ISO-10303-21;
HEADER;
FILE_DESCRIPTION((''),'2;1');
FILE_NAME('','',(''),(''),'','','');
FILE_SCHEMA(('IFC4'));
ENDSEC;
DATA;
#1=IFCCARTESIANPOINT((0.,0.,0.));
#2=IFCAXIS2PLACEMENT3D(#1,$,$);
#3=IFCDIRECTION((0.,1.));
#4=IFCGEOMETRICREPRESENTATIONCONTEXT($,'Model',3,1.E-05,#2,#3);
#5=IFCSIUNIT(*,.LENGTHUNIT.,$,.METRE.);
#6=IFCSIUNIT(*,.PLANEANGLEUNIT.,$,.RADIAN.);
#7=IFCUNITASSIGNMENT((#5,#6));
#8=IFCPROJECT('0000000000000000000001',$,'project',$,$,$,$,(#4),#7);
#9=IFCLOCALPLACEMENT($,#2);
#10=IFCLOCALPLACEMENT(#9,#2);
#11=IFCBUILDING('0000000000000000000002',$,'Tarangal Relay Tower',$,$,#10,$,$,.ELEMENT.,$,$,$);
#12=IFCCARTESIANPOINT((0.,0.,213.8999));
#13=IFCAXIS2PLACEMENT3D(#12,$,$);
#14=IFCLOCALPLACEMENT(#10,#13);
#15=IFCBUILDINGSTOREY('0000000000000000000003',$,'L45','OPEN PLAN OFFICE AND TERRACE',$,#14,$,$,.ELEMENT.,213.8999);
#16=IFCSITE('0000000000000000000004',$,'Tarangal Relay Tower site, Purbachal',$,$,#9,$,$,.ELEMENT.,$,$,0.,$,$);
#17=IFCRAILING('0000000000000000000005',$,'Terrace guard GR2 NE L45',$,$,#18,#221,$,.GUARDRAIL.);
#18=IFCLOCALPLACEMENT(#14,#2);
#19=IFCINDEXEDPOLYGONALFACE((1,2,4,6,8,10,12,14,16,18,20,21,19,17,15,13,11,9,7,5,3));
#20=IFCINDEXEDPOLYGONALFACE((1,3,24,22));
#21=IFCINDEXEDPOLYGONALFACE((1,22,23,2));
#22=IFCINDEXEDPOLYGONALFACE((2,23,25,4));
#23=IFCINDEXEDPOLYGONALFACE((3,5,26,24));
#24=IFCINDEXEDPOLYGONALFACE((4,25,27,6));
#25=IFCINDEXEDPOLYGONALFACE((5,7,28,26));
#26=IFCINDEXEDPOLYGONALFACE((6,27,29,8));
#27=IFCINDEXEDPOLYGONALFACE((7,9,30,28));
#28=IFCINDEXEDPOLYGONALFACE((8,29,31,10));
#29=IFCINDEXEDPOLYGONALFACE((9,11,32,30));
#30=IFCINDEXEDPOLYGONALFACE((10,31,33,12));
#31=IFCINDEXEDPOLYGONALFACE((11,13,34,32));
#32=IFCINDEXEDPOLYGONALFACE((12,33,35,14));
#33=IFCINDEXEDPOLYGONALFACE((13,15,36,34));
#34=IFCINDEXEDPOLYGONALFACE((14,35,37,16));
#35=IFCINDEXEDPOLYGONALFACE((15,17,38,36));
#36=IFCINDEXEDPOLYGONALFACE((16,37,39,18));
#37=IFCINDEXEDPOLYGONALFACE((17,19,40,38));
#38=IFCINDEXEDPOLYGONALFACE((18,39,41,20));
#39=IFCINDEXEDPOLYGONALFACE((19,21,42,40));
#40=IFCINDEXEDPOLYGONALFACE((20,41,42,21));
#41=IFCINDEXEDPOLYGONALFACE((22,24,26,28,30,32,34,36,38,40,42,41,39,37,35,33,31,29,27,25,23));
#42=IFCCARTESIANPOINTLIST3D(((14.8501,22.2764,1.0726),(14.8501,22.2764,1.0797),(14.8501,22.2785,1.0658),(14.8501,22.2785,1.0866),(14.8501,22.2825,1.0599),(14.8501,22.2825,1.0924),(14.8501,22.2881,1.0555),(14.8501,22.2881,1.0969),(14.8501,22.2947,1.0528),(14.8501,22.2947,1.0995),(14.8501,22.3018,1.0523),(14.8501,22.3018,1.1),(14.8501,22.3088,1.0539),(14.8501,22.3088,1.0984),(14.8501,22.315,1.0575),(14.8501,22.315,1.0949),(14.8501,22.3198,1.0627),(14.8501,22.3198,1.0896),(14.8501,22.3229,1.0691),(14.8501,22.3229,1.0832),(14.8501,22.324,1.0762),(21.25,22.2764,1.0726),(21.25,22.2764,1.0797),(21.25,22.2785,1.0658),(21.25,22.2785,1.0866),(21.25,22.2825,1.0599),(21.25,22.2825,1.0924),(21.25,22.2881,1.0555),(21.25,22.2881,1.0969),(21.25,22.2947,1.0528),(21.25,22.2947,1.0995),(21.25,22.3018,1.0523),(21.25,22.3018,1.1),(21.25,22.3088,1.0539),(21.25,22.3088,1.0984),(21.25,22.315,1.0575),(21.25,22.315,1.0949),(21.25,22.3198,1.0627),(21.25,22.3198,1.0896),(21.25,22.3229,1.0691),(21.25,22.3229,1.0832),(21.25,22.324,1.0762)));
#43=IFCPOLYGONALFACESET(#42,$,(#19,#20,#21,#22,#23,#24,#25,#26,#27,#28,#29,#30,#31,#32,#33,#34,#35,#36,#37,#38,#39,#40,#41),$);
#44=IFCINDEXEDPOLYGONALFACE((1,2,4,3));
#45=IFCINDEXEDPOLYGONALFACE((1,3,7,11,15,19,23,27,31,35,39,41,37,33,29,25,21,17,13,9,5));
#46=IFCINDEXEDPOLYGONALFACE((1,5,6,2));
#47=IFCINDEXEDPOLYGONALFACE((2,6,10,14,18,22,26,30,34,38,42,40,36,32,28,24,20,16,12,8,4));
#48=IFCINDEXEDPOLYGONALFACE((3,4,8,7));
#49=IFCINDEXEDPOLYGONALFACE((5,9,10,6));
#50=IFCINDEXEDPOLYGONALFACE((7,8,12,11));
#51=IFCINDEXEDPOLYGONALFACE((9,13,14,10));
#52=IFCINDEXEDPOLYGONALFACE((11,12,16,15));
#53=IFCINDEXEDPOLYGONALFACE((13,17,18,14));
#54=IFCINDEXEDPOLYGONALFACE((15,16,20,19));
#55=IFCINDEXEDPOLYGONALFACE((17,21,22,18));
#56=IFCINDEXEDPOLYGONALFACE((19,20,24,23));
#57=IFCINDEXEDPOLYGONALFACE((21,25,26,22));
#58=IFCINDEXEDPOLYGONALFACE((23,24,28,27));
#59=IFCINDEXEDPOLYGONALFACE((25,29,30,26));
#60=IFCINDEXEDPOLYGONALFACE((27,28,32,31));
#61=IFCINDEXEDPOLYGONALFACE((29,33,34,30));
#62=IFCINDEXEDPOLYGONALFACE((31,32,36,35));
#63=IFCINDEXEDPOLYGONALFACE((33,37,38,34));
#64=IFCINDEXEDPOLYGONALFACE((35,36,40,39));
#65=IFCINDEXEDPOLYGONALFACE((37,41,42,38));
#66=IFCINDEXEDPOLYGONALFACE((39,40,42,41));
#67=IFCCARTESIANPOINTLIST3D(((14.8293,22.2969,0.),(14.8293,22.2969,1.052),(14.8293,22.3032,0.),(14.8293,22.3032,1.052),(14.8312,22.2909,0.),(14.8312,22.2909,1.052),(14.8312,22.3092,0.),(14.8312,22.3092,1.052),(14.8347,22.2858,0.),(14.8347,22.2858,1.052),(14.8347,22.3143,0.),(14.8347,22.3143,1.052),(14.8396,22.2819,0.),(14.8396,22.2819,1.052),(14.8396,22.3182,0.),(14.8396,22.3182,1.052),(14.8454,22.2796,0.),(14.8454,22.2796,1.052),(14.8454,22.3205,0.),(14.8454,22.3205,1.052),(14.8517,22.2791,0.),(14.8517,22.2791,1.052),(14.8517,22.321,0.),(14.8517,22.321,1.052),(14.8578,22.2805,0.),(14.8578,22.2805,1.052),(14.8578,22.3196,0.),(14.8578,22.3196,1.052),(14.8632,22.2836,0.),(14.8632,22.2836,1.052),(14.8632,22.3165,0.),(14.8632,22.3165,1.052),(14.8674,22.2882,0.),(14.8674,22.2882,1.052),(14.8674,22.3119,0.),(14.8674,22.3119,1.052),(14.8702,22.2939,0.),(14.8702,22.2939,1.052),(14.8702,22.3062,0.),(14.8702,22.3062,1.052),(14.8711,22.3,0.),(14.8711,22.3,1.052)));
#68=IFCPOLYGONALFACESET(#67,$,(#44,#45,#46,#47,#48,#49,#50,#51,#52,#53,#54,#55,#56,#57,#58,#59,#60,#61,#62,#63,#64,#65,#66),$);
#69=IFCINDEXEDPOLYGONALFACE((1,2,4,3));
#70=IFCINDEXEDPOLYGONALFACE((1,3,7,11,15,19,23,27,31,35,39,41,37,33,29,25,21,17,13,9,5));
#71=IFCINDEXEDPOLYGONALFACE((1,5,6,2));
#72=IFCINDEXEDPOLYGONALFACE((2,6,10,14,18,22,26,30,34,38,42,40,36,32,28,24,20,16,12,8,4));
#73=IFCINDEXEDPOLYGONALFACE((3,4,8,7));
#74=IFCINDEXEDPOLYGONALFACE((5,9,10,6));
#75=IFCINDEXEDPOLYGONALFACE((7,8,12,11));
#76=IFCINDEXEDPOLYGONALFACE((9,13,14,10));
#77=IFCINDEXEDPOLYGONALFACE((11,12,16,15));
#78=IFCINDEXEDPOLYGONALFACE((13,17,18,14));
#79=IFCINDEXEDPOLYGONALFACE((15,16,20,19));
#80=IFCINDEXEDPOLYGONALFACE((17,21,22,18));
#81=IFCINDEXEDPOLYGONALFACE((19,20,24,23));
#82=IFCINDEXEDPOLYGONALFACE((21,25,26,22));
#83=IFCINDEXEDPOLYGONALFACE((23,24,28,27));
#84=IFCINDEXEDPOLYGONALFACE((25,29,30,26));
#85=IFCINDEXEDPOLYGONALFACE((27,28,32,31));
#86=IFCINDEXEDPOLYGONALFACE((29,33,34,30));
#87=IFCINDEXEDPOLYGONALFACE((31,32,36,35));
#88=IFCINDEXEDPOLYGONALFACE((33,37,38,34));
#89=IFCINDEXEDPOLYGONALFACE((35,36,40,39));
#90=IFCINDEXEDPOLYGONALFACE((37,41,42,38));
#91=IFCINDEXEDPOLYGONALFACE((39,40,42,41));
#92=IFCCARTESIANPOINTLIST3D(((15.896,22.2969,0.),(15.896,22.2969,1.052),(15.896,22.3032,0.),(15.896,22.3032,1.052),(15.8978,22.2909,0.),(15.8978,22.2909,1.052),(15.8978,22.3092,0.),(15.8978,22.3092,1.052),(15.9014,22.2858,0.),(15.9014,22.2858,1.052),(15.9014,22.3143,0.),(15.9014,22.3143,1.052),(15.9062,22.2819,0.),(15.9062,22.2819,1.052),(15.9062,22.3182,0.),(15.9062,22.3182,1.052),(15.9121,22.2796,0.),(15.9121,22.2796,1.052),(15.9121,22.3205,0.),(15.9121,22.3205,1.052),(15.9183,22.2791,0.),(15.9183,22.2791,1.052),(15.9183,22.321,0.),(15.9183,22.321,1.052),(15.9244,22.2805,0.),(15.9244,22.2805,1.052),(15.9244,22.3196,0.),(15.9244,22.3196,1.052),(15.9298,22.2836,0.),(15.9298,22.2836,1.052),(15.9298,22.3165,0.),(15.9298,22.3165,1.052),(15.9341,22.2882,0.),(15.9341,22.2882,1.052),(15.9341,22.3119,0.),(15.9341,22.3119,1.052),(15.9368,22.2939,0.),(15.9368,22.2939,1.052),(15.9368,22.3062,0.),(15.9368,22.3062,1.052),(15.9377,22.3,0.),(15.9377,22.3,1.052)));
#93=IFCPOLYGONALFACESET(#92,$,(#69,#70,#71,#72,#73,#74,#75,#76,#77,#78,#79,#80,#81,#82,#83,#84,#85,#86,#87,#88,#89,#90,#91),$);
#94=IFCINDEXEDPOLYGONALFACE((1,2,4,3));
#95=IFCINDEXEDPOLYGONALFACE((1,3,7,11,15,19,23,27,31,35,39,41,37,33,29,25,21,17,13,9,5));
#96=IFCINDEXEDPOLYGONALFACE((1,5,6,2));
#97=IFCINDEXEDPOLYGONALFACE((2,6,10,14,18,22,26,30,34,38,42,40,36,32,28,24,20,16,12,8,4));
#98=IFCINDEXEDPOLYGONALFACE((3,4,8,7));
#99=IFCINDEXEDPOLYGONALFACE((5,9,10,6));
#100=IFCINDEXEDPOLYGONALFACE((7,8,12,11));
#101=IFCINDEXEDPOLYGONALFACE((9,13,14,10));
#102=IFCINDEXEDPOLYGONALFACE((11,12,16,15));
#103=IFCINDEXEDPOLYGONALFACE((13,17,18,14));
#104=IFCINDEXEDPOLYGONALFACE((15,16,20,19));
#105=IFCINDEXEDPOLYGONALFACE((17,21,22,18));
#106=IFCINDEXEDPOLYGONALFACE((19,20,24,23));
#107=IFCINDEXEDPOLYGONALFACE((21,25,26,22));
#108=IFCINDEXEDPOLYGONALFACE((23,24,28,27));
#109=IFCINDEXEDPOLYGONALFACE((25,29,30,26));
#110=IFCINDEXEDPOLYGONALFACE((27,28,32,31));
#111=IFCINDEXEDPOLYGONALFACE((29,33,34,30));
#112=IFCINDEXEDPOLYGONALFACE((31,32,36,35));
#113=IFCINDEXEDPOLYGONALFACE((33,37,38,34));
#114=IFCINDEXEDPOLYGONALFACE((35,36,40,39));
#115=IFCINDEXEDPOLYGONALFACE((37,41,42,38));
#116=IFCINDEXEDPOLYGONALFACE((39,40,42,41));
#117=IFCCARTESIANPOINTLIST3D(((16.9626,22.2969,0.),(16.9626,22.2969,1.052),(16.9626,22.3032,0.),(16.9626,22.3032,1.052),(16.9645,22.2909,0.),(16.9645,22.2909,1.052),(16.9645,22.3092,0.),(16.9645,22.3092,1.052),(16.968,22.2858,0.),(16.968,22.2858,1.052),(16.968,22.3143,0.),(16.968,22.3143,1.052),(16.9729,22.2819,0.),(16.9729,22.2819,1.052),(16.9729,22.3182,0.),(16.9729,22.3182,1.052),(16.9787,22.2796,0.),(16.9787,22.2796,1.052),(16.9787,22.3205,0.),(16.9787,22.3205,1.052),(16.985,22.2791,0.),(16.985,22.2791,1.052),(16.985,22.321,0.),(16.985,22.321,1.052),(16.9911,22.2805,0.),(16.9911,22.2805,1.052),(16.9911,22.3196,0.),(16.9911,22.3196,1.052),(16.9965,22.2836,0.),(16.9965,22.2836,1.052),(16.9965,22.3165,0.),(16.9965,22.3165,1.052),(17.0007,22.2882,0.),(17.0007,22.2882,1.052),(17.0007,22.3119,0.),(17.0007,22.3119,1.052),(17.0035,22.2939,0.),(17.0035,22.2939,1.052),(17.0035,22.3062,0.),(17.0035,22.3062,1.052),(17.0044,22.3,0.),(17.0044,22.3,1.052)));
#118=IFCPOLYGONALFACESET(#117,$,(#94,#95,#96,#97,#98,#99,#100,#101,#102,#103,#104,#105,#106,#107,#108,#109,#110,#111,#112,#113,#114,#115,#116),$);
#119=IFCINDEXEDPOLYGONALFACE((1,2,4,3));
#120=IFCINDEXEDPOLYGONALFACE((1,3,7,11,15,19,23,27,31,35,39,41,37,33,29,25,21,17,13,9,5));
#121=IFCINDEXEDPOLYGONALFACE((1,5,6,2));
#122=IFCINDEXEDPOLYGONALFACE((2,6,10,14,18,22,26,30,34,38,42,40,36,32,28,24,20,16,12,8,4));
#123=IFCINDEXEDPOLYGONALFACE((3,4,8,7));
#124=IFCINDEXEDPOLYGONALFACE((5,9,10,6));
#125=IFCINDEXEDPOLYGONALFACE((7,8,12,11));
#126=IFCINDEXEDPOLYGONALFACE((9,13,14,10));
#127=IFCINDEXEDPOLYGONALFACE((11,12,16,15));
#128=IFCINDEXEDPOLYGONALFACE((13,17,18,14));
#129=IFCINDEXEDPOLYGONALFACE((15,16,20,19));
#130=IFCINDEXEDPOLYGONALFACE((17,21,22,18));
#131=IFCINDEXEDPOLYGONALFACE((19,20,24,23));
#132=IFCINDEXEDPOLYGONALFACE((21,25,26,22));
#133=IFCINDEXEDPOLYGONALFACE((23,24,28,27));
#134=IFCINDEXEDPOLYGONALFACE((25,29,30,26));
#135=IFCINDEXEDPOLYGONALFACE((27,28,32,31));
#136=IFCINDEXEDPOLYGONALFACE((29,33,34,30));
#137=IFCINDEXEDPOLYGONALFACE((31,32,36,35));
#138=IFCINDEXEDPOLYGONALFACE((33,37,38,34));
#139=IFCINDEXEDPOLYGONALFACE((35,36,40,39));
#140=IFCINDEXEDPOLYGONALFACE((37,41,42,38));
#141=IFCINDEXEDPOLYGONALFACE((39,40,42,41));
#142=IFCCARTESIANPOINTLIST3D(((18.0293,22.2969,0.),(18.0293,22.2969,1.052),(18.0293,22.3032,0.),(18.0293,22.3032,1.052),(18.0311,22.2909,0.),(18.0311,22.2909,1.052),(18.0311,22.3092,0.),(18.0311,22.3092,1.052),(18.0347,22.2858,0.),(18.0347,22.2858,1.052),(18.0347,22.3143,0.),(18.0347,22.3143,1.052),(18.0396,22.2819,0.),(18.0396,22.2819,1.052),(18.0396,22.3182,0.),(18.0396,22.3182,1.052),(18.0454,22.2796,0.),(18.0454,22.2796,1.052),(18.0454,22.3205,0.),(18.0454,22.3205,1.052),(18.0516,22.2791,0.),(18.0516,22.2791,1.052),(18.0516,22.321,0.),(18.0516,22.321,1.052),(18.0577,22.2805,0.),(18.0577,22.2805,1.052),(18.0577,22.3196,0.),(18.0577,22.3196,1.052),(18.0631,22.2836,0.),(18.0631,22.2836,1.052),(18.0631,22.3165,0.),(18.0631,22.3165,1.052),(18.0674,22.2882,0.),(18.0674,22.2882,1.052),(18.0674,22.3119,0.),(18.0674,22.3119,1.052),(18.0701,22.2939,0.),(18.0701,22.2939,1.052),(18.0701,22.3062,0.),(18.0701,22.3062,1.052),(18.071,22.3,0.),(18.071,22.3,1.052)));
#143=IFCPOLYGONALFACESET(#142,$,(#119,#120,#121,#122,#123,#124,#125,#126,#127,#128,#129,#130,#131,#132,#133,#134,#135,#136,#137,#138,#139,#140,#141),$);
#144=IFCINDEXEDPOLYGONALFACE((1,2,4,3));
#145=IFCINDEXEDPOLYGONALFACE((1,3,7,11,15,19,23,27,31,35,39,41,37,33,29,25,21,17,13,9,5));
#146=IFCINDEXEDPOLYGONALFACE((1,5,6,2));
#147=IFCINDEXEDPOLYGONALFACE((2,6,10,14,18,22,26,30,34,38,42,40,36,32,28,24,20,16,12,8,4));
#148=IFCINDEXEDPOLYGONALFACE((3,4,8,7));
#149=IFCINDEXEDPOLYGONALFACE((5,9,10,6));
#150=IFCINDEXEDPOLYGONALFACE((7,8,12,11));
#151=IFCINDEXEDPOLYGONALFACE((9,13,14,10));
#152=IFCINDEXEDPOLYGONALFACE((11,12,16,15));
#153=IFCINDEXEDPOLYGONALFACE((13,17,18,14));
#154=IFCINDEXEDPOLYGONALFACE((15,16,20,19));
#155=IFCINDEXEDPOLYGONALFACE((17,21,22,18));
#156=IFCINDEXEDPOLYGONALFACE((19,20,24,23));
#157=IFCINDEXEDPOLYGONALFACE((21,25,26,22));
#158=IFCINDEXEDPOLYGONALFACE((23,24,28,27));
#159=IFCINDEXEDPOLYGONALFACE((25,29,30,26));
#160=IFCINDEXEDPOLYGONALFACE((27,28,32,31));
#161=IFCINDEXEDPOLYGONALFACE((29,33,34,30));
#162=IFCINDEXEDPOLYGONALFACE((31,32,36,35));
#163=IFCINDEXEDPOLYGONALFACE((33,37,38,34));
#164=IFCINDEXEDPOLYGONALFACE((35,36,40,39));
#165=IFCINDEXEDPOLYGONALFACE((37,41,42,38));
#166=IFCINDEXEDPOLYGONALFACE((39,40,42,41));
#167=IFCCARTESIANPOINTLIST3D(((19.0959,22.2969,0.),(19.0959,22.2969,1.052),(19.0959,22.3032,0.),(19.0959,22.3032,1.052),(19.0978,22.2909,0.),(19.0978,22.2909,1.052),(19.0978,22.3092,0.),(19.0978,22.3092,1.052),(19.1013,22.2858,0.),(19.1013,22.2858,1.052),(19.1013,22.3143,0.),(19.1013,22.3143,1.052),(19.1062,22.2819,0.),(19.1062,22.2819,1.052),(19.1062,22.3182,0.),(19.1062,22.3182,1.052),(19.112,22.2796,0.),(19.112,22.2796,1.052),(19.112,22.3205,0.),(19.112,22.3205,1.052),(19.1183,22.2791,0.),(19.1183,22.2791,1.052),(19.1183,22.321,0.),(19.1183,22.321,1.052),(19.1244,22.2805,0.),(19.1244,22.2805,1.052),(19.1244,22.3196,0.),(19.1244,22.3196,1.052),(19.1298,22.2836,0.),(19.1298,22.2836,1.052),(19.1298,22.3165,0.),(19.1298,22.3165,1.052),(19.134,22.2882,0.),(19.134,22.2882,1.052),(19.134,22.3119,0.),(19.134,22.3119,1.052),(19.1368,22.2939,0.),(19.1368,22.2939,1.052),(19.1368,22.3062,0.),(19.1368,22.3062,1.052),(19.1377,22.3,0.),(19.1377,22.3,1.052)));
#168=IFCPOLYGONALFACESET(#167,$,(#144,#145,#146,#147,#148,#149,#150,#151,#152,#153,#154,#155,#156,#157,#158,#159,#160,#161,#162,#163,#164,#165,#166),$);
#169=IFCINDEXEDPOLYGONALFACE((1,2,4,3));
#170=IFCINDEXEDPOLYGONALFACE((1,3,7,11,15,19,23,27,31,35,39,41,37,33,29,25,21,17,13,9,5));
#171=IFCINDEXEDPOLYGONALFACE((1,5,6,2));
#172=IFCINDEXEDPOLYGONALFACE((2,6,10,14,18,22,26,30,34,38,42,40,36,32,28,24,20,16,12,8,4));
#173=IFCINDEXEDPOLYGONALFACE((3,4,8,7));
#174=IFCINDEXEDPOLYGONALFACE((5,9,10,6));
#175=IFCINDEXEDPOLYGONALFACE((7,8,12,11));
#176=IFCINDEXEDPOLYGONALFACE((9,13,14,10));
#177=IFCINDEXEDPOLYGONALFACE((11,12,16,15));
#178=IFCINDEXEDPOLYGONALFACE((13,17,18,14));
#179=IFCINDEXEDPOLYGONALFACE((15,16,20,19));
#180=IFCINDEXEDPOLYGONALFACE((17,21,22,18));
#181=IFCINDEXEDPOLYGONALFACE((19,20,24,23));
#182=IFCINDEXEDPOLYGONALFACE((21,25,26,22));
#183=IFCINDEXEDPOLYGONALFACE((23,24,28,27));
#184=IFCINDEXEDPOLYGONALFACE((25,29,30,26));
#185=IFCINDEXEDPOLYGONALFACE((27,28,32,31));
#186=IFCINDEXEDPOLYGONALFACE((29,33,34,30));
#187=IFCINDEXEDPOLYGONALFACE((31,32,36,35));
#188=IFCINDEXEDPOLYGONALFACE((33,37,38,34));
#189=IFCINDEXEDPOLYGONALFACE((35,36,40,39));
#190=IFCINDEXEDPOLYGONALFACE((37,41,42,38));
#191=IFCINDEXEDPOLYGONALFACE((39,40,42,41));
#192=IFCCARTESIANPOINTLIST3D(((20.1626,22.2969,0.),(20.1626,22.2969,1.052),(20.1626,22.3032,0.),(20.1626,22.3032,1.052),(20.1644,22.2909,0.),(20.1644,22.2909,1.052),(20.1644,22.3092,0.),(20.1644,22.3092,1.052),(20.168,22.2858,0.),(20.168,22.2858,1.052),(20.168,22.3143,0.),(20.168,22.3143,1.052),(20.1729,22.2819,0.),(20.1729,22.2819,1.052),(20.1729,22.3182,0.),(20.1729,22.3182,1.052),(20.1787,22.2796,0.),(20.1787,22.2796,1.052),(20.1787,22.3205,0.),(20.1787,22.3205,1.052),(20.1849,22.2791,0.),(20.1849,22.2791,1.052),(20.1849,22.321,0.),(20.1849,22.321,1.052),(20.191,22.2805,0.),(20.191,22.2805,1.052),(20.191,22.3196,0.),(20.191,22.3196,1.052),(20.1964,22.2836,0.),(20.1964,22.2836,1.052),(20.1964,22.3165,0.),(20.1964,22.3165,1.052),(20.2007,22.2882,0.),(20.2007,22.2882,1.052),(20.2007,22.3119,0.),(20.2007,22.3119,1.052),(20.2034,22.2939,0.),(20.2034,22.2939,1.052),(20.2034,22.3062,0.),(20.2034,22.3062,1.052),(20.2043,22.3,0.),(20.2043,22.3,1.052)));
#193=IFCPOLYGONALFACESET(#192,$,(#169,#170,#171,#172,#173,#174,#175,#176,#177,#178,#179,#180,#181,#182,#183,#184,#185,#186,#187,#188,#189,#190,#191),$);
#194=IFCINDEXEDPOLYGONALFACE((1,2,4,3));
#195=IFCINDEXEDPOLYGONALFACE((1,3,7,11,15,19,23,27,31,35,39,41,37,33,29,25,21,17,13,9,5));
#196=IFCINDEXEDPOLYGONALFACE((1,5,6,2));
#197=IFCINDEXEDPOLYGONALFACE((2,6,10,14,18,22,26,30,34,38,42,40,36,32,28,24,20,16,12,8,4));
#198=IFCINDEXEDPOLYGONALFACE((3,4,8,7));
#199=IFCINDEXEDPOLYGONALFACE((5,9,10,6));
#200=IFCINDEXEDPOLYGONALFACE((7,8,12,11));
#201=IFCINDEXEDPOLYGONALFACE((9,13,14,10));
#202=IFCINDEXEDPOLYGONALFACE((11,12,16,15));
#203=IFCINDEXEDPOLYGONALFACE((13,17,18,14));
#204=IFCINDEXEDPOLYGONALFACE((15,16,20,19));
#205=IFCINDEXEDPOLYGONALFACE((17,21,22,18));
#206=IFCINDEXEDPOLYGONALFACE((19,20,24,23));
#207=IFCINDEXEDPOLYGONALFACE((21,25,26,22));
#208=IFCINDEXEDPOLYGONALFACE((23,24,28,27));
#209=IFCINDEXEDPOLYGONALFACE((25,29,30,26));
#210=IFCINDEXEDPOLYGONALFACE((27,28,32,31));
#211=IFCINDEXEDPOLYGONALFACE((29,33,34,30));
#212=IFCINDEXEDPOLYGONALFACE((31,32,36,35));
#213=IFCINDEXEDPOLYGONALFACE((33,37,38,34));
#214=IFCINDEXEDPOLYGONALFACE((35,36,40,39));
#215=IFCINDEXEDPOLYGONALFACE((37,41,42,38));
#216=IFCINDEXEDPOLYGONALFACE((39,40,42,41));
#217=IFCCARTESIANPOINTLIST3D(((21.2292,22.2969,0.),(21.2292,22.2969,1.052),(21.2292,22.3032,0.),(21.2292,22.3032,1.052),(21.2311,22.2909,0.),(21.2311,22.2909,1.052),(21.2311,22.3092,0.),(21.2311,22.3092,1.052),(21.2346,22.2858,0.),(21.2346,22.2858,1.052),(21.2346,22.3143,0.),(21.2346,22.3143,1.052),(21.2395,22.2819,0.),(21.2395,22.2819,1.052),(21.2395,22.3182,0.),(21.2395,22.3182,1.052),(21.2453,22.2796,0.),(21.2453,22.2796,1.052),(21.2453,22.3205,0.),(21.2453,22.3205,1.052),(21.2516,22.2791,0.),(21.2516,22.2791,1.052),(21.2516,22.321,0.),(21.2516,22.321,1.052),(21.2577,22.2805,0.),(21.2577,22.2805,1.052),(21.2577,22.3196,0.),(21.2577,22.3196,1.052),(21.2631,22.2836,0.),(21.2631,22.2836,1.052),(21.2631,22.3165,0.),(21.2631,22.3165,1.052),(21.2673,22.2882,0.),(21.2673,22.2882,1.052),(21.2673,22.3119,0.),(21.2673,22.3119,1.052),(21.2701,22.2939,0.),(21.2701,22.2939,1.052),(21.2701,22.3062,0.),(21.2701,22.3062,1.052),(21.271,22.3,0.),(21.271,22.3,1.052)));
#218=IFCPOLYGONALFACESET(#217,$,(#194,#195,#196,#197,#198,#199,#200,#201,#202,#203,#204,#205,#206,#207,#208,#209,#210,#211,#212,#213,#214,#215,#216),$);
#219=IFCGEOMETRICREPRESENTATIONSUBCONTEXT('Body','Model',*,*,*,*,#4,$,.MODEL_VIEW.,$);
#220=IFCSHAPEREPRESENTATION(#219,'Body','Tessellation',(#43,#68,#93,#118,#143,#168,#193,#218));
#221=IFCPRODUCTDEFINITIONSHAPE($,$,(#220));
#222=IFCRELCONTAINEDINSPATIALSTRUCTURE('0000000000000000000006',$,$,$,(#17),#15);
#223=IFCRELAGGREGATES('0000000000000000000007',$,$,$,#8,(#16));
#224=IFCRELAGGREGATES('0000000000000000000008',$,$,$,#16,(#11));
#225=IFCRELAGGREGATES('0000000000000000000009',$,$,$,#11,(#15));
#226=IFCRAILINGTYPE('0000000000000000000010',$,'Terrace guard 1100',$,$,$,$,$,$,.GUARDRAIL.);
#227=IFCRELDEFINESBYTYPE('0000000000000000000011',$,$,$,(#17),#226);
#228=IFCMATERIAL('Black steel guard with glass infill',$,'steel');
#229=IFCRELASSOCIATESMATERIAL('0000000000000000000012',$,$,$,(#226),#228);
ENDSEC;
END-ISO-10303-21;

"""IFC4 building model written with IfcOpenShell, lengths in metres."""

from ifc_helpers import new_model, si_unit, direction, frame, origin, origin_2d, place, context, subcontext, project, spatial, circle, extrude, material, type_object, element, save


model = new_model("IFC4")

# Units and contexts
model_context = context("Model", 3, precision=1e-05, world=origin(), true_north=direction((0.0, 1.0)))
body_context = subcontext(model_context, "Body", "Model", "MODEL_VIEW")
ifc_project = project(units=[si_unit("LENGTHUNIT", "METRE"), si_unit("PLANEANGLEUNIT", "RADIAN")], contexts=[model_context])

# Site, building, storey
site_placement = place(None, origin())
site = spatial("IfcSite", under=ifc_project, at=site_placement, Name="Tarangal Relay Tower site, Purbachal", CompositionType="ELEMENT", RefElevation=0.0)
building_placement = place(site_placement, origin())
building = spatial("IfcBuilding", under=site, at=building_placement, Name="Tarangal Relay Tower", CompositionType="ELEMENT")
storey_placement = place(building_placement, frame((0.0, 0.0, 213.8999)))
storey = spatial("IfcBuildingStorey", under=building, at=storey_placement, Name="L45", Description="OPEN PLAN OFFICE AND TERRACE", CompositionType="ELEMENT", Elevation=213.8999)

# Railing
ifc_material_1 = material(Name="Black steel guard with glass infill", Category="steel")
railing_type = type_object("IfcRailingType", Name="Terrace guard 1100", PredefinedType="GUARDRAIL", material=ifc_material_1)
railing_1_placement = place(storey_placement, frame((14.8501, 22.3, 0.0)))
element("IfcRailing", 1, at=railing_1_placement, inside=storey, type_object=railing_type, Name="Terrace guard GR2 NE L45", PredefinedType="GUARDRAIL", context=body_context, shape_type="SweptSolid", body=[
    extrude(circle(Radius=0.0239, at=origin_2d()), frame((0.0, 0.0, 1.0762), z_axis=(1.0, 0.0, 0.0), x_axis=(0.0, 1.0, 0.0)), (0.0, 0.0, 1.0), 6.3999),
    extrude(circle(Radius=0.021, at=origin_2d()), origin(), (0.0, 0.0, 1.0), 1.052),
    extrude(circle(Radius=0.021, at=origin_2d()), frame((1.0667, 0.0, 0.0)), (0.0, 0.0, 1.0), 1.052),
    extrude(circle(Radius=0.021, at=origin_2d()), frame((2.1333, 0.0, 0.0)), (0.0, 0.0, 1.0), 1.052),
    extrude(circle(Radius=0.021, at=origin_2d()), frame((3.2, 0.0, 0.0)), (0.0, 0.0, 1.0), 1.052),
    extrude(circle(Radius=0.021, at=origin_2d()), frame((4.2666, 0.0, 0.0)), (0.0, 0.0, 1.0), 1.052),
    extrude(circle(Radius=0.021, at=origin_2d()), frame((5.3333, 0.0, 0.0)), (0.0, 0.0, 1.0), 1.052),
    extrude(circle(Radius=0.021, at=origin_2d()), frame((6.3999, 0.0, 0.0)), (0.0, 0.0, 1.0), 1.052),
])

save(model, "model.ifc")
